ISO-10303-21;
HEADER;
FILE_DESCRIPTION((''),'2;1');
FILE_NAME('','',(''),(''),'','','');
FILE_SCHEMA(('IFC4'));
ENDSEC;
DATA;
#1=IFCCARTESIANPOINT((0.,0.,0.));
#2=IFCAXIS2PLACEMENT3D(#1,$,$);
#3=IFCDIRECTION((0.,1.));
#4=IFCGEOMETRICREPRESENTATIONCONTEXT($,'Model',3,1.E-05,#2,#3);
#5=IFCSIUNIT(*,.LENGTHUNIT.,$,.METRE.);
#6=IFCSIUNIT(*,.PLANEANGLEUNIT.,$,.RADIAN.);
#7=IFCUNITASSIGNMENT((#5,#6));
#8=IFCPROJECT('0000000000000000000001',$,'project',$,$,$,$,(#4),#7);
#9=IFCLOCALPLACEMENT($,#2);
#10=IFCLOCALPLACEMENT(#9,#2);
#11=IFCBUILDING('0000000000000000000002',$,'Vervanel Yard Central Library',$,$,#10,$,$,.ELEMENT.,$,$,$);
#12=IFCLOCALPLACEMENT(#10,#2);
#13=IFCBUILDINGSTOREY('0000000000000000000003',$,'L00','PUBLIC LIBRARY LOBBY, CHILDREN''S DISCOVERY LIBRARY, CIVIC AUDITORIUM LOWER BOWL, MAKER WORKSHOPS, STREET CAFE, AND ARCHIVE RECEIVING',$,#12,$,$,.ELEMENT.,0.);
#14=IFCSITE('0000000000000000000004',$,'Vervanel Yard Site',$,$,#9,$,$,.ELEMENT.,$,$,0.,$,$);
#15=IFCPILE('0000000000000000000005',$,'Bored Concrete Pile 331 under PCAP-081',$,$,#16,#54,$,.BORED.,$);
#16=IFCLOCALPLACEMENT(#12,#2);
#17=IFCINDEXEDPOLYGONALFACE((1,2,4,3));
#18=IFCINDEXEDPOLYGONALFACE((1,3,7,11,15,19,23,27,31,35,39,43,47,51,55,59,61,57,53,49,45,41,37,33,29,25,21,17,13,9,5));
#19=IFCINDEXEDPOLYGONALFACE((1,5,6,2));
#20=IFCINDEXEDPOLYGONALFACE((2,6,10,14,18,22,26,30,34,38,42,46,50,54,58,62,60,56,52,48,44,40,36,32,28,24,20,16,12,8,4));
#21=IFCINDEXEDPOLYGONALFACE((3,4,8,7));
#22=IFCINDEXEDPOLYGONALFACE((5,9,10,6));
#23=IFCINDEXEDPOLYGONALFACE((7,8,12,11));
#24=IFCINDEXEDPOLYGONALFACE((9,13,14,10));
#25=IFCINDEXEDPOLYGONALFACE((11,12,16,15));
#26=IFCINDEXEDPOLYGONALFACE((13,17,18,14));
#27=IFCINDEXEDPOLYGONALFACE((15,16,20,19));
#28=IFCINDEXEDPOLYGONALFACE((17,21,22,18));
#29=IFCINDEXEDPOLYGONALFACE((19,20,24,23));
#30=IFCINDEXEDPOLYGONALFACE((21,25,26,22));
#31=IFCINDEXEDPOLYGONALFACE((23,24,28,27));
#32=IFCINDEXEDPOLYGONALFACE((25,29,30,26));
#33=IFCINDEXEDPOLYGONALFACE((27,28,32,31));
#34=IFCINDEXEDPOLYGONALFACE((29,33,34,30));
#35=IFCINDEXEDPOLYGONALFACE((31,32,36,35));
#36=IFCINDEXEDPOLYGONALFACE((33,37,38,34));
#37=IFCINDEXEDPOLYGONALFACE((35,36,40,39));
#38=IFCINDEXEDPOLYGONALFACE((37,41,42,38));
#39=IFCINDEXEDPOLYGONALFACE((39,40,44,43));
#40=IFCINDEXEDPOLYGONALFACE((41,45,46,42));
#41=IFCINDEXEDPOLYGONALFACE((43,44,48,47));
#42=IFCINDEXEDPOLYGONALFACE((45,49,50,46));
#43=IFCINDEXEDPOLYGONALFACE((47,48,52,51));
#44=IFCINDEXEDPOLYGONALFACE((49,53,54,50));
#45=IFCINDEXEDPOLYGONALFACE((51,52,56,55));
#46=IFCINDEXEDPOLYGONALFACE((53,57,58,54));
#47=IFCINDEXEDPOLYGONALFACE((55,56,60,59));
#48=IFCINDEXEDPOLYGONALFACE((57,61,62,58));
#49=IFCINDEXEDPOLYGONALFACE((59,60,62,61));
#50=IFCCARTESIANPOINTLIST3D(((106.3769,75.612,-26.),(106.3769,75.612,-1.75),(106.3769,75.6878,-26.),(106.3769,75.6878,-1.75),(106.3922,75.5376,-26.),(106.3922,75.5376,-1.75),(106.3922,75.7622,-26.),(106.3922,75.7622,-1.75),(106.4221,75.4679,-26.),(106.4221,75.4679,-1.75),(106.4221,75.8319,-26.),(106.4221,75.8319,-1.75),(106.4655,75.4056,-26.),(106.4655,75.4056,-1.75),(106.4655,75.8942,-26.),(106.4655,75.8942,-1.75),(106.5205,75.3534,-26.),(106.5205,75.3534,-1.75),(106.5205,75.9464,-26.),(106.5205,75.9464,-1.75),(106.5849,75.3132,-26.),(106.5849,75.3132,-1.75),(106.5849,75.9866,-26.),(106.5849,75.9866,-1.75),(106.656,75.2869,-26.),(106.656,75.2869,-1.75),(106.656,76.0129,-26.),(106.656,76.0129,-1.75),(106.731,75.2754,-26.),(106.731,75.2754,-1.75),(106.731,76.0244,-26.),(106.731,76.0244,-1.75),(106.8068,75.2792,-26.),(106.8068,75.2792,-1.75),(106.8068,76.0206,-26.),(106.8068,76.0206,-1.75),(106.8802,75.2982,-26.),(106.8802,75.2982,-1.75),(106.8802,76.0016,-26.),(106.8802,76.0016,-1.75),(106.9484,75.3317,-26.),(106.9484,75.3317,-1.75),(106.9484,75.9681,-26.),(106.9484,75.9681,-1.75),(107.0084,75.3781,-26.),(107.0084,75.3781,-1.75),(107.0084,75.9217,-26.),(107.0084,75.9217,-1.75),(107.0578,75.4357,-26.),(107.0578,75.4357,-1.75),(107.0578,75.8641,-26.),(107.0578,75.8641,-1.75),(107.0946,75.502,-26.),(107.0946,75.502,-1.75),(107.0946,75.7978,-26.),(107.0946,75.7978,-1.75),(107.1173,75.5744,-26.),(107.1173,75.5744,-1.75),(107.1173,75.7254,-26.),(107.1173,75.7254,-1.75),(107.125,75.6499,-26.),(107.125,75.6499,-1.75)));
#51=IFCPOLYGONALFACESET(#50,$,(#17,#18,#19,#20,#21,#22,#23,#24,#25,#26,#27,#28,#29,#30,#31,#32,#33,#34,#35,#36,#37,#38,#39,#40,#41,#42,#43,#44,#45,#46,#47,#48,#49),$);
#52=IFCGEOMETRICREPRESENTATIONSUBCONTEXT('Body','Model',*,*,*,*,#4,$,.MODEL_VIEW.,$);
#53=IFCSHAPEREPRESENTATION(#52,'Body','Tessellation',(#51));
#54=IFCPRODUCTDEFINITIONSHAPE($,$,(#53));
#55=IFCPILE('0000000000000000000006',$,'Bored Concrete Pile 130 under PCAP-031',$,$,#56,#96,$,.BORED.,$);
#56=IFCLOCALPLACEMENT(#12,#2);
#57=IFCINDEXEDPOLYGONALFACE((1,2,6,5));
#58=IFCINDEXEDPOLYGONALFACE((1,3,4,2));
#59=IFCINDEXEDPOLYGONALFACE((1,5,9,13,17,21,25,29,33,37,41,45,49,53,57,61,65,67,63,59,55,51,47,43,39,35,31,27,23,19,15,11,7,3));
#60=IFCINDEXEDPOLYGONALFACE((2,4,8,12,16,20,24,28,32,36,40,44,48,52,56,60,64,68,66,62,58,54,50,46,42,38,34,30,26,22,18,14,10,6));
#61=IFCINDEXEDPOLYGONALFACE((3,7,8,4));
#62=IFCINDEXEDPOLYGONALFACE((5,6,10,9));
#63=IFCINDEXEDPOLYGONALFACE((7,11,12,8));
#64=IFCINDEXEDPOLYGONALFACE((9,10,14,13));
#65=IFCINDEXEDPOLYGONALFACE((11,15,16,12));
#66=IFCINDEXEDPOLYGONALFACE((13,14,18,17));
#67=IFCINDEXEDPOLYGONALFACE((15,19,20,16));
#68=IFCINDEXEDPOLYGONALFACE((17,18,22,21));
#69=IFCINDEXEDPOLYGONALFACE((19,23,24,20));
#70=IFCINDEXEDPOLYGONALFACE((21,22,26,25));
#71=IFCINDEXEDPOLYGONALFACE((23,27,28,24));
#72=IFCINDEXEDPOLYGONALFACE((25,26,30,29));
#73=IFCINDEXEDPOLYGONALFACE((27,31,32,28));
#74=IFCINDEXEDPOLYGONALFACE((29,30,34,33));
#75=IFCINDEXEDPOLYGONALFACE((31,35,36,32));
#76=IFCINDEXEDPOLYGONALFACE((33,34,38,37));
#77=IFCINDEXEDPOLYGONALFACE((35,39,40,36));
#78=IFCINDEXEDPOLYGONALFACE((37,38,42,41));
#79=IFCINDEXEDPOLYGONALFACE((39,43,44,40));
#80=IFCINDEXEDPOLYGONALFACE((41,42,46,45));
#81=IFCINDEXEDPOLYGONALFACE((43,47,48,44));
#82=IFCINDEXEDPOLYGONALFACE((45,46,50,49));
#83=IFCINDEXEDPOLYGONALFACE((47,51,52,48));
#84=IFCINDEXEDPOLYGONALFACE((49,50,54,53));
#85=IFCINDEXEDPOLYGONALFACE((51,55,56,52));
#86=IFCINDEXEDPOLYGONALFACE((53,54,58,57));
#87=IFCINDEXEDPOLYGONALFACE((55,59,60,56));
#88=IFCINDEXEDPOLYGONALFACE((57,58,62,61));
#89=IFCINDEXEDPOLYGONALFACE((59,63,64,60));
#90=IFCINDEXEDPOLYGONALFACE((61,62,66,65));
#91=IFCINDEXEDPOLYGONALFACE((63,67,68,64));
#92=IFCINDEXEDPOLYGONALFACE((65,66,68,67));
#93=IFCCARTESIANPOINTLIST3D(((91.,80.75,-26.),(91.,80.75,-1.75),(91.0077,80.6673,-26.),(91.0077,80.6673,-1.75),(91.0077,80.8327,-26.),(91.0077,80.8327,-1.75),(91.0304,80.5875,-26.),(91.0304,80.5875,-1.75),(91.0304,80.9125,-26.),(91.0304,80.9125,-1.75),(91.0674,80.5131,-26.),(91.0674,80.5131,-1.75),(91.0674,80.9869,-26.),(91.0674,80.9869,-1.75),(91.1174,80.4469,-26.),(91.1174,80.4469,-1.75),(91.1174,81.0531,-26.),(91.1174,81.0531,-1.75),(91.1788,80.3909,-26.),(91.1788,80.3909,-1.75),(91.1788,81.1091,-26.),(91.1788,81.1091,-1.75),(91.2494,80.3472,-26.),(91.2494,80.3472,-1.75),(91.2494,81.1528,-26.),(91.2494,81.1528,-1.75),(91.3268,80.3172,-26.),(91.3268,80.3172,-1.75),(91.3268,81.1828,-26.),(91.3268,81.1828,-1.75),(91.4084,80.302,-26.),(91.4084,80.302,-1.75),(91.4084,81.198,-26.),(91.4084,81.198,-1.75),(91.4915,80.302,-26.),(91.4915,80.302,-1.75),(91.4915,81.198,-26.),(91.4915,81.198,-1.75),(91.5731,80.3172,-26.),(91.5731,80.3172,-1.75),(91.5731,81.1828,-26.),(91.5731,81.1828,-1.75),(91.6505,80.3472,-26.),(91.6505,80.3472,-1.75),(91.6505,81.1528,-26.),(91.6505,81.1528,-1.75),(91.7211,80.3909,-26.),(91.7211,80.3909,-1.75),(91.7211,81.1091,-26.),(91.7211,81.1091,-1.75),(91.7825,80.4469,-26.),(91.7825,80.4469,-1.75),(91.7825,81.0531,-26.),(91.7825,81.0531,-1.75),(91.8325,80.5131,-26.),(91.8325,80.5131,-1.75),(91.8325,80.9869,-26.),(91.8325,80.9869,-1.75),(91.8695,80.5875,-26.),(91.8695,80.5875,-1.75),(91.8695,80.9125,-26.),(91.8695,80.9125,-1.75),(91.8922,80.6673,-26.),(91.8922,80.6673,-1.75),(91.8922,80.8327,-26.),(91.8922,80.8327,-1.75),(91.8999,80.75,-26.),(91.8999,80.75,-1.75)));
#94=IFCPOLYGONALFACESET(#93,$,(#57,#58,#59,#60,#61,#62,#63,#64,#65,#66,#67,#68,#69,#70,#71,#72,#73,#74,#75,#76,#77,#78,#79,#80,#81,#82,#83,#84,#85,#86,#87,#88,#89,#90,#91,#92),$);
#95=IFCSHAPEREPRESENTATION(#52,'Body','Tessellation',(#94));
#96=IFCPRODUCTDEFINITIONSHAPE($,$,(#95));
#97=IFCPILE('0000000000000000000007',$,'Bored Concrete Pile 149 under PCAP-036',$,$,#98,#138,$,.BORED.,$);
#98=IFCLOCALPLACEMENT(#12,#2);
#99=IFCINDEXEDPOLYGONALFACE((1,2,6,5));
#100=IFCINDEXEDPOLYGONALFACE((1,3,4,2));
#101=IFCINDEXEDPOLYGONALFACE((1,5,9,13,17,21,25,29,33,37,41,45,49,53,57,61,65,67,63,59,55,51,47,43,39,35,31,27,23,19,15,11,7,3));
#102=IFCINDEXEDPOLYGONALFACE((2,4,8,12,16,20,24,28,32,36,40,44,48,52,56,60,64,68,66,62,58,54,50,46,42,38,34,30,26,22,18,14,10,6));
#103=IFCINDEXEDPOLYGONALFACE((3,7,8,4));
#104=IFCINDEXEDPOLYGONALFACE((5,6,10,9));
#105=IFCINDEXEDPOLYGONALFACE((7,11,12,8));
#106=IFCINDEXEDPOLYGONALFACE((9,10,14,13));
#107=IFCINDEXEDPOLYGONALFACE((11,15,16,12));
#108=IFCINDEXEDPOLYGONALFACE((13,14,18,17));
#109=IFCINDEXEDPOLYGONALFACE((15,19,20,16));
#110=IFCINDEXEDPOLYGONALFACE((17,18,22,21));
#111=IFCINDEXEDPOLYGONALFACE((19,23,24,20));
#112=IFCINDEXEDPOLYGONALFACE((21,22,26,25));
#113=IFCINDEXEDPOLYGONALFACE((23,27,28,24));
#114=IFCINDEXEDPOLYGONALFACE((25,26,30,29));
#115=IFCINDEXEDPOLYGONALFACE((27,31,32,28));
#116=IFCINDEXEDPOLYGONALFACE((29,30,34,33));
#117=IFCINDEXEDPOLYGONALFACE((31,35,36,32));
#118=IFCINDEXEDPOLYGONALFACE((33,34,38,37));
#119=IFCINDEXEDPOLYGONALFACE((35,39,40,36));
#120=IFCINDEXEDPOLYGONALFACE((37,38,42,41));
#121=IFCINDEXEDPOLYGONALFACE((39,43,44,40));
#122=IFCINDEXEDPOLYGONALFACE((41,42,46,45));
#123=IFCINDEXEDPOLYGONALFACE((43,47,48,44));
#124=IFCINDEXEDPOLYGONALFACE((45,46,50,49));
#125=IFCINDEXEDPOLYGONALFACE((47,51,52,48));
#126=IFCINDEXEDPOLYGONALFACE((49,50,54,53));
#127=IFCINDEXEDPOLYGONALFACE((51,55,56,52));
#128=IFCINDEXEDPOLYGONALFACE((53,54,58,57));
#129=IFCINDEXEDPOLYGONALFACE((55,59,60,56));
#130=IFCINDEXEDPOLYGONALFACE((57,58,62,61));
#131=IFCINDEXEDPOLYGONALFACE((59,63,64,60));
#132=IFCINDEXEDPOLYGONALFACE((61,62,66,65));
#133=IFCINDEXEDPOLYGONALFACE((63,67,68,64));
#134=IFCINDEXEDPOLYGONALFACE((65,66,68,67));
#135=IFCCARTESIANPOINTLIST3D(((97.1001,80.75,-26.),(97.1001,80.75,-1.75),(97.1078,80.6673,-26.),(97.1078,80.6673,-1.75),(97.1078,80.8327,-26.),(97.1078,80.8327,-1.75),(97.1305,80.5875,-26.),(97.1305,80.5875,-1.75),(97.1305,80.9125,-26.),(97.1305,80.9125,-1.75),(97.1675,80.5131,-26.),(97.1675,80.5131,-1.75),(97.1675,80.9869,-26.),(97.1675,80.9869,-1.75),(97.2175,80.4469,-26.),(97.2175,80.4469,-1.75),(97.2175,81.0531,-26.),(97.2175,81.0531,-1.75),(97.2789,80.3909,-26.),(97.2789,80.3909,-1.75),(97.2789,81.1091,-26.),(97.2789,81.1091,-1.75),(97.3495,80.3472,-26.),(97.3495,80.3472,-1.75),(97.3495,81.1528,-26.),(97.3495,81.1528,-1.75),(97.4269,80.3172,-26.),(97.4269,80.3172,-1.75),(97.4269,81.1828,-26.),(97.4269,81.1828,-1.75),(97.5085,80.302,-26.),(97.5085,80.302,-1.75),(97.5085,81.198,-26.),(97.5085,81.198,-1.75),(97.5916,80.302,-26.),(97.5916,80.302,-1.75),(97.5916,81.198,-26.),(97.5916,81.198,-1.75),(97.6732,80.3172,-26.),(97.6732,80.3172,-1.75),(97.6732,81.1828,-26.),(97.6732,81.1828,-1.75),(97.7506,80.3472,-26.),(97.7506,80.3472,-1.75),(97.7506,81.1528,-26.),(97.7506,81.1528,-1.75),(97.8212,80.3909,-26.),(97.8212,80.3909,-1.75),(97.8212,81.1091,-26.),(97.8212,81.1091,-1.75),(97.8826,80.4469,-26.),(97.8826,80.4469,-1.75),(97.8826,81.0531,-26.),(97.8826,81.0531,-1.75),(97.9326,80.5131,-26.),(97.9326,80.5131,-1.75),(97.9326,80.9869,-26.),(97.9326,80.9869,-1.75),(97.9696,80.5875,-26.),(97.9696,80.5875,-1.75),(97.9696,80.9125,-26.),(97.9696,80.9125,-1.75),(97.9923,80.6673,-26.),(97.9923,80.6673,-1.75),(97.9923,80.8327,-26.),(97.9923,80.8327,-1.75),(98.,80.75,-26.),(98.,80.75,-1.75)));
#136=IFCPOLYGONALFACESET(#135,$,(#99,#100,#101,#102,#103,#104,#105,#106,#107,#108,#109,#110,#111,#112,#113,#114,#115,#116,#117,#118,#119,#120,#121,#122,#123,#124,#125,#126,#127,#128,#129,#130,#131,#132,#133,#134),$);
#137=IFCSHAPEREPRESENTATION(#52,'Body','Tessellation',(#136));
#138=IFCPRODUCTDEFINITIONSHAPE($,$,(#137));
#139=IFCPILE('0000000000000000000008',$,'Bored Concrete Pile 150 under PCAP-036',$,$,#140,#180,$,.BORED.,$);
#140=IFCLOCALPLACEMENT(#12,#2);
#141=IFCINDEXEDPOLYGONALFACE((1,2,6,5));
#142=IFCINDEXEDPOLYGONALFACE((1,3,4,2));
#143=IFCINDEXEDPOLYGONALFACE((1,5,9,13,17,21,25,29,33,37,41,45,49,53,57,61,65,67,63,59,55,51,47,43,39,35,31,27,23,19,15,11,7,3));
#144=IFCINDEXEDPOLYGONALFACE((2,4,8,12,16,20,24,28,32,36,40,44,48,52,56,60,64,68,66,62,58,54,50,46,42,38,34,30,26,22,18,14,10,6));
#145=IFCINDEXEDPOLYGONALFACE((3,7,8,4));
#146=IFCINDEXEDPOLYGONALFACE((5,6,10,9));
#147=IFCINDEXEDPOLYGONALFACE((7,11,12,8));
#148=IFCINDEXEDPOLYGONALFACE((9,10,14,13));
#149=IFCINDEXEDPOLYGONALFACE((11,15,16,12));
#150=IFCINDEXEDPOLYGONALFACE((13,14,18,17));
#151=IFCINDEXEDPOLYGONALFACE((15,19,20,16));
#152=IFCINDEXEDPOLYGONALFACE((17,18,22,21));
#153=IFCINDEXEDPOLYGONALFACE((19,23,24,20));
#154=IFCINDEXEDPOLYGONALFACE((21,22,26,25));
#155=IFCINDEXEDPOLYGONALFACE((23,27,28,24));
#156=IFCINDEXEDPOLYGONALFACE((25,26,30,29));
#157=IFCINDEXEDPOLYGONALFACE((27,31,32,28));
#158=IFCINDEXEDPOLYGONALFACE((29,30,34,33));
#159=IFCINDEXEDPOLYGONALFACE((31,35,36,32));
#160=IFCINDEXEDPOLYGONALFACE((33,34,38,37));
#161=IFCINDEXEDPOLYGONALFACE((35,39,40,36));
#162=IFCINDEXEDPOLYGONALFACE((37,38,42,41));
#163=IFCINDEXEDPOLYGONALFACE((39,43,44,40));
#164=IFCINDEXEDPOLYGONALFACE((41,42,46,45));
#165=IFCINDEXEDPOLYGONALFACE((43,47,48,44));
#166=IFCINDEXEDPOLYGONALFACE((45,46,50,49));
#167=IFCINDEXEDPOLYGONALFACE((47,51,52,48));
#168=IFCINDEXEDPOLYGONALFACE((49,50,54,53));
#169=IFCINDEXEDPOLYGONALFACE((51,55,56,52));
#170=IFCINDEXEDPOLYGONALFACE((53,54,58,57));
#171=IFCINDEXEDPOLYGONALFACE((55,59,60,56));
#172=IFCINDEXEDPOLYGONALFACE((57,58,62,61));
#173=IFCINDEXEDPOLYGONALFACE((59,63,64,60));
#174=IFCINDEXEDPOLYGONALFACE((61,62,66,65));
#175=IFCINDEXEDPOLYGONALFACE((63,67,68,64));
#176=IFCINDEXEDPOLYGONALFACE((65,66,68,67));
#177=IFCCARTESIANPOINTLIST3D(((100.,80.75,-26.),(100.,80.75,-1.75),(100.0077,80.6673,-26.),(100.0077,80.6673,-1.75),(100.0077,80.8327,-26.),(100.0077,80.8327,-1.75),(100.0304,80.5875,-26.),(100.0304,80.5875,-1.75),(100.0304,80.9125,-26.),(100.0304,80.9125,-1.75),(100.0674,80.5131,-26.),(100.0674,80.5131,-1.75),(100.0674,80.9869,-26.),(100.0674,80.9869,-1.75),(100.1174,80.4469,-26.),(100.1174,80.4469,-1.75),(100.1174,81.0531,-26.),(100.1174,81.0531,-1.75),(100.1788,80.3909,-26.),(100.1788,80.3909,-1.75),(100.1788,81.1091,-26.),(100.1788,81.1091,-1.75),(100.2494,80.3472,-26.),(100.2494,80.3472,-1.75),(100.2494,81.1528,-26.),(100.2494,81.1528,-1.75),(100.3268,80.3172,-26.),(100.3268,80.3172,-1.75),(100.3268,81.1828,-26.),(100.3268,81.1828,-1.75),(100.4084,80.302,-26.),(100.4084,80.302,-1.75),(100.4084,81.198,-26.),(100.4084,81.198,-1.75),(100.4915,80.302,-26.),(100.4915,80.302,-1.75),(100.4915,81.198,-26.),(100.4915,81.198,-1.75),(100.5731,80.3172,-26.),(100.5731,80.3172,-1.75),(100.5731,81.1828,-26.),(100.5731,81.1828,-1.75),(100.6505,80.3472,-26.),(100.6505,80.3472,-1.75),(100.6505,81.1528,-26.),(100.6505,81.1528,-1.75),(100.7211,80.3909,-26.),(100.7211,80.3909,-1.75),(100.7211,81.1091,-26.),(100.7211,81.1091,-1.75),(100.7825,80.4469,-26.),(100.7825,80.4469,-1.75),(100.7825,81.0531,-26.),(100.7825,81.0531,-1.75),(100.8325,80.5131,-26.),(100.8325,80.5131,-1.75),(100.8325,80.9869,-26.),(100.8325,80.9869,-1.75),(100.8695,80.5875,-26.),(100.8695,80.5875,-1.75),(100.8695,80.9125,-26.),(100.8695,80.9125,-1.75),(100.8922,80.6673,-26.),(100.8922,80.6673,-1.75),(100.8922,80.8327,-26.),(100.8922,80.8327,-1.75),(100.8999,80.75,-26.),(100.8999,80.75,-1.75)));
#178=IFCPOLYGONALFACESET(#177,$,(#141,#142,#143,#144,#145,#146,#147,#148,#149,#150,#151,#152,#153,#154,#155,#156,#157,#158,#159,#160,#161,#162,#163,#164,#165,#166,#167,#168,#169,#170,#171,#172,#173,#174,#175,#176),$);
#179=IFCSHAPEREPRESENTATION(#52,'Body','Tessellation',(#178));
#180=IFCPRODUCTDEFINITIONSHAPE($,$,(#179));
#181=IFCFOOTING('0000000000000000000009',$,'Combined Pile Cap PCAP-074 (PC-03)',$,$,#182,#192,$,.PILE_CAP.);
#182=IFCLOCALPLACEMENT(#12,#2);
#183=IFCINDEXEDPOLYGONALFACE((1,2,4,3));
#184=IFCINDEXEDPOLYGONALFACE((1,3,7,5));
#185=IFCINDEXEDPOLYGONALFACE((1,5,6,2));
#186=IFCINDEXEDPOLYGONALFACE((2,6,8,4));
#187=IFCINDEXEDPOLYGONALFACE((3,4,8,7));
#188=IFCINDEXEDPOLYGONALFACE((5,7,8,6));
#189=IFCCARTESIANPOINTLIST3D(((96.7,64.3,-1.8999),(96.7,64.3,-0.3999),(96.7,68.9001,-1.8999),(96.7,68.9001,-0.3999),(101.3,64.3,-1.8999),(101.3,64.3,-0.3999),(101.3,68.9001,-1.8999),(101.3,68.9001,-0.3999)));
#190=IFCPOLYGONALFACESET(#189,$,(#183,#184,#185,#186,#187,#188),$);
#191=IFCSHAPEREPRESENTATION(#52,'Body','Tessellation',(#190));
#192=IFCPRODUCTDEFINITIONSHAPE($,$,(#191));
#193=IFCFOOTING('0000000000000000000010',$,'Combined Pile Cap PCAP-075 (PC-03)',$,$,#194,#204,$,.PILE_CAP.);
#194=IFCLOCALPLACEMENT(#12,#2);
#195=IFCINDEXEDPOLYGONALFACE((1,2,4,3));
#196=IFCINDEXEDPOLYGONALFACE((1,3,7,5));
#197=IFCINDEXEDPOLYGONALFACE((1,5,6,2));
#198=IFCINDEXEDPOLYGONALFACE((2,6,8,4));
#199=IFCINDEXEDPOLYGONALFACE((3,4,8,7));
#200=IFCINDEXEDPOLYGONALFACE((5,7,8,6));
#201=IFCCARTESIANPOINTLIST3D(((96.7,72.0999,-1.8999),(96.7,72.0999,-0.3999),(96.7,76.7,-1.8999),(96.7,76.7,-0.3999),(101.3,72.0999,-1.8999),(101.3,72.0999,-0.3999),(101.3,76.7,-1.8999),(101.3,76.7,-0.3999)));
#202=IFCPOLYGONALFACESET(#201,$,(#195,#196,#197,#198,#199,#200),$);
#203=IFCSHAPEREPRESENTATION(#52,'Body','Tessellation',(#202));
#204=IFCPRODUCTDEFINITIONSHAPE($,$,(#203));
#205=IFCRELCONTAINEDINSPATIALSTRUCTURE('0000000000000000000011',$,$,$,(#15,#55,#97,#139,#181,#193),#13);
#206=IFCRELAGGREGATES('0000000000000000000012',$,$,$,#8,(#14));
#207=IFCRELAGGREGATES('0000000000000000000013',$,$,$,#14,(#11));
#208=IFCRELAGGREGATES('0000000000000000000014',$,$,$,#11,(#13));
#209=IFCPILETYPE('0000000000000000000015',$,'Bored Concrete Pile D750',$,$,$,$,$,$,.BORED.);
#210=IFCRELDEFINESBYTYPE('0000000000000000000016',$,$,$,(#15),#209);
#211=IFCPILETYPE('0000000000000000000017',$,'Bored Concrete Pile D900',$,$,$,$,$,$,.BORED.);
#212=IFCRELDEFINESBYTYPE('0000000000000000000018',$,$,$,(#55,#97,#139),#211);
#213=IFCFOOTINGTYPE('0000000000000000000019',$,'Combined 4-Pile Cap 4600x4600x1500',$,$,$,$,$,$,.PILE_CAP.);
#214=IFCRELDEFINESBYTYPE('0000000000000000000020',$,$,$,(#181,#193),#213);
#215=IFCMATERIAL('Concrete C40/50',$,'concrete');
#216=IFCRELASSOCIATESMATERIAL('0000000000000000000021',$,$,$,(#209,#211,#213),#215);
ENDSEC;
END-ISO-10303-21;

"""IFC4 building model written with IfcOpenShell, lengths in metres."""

from ifc_helpers import new_model, si_unit, direction, frame, origin, origin_2d, place, context, subcontext, project, spatial, rectangle, circle, extrude, material, material_profile, profile_set, type_object, element, save


model = new_model("IFC4")

# Units and contexts
model_context = context("Model", 3, precision=1e-05, world=origin(), true_north=direction((0.0, 1.0)))
body_context = subcontext(model_context, "Body", "Model", "MODEL_VIEW")
ifc_project = project(units=[si_unit("LENGTHUNIT", "METRE"), si_unit("PLANEANGLEUNIT", "RADIAN")], contexts=[model_context])

# Site, building, storey
site_placement = place(None, origin())
site = spatial("IfcSite", under=ifc_project, at=site_placement, Name="Vervanel Yard Site", CompositionType="ELEMENT", RefElevation=0.0)
building_placement = place(site_placement, origin())
building = spatial("IfcBuilding", under=site, at=building_placement, Name="Vervanel Yard Central Library", CompositionType="ELEMENT")
storey_placement = place(building_placement, origin())
storey = spatial("IfcBuildingStorey", under=building, at=storey_placement, Name="L00", Description="PUBLIC LIBRARY LOBBY, CHILDREN'S DISCOVERY LIBRARY, CIVIC AUDITORIUM LOWER BOWL, MAKER WORKSHOPS, STREET CAFE, AND ARCHIVE RECEIVING", CompositionType="ELEMENT", Elevation=0.0)

# Piles
ifc_material_1 = material(Name="Concrete C40/50", Category="concrete")
ifc_material_profile_1 = material_profile(ifc_material_1, circle(Radius=0.375, at=origin_2d()), Name="BP D750", Category="concrete")
ifc_profile_set_1 = profile_set([ifc_material_profile_1], Name="Concrete C40/50")
pile_type_1 = type_object("IfcPileType", Name="Bored Concrete Pile D750", PredefinedType="BORED", material=ifc_profile_set_1)
for number, where, z_axis, x_axis, name in (
    (1, (106.75, 75.6499, -1.75), (0.0, 0.0, -1.0), (1.0, 0.0, 0.0), "Bored Concrete Pile 331 under PCAP-081"),
):
    element("IfcPile", number, at=place(storey_placement, frame(where, z_axis=z_axis, x_axis=x_axis)), inside=storey, type_object=pile_type_1, Name=name, PredefinedType="BORED", context=body_context, shape_type="SweptSolid", body=[
        extrude(circle(Radius=0.375, at=origin_2d()), origin(), (0.0, 0.0, 1.0), 24.25),
    ])
ifc_material_profile_2 = material_profile(ifc_material_1, circle(Radius=0.45, at=origin_2d()), Name="BP D900", Category="concrete")
ifc_profile_set_2 = profile_set([ifc_material_profile_2], Name="Concrete C40/50")
pile_type_2 = type_object("IfcPileType", Name="Bored Concrete Pile D900", PredefinedType="BORED", material=ifc_profile_set_2)
for number, where, z_axis, x_axis, name in (
    (2, (91.45, 80.75, -1.75), (0.0, 0.0, -1.0), (1.0, 0.0, 0.0), "Bored Concrete Pile 130 under PCAP-031"),
    (3, (97.55, 80.75, -1.75), (0.0, 0.0, -1.0), (1.0, 0.0, 0.0), "Bored Concrete Pile 149 under PCAP-036"),
    (4, (100.45, 80.75, -1.75), (0.0, 0.0, -1.0), (1.0, 0.0, 0.0), "Bored Concrete Pile 150 under PCAP-036"),
):
    element("IfcPile", number, at=place(storey_placement, frame(where, z_axis=z_axis, x_axis=x_axis)), inside=storey, type_object=pile_type_2, Name=name, PredefinedType="BORED", context=body_context, shape_type="SweptSolid", body=[
        extrude(circle(Radius=0.45, at=origin_2d()), origin(), (0.0, 0.0, 1.0), 24.25),
    ])

# Footings
footing_type_1 = type_object("IfcFootingType", Name="Combined 4-Pile Cap 4600x4600x1500", PredefinedType="PILE_CAP", material=ifc_material_1)
for number, where, z_axis, x_axis, name in (
    (5, (99.0, 66.6001, -1.8999), (0.0, 0.0, 1.0), (1.0, 0.0, 0.0), "Combined Pile Cap PCAP-074 (PC-03)"),
    (6, (99.0, 74.3999, -1.8999), (0.0, 0.0, 1.0), (1.0, 0.0, 0.0), "Combined Pile Cap PCAP-075 (PC-03)"),
):
    element("IfcFooting", number, at=place(storey_placement, frame(where, z_axis=z_axis, x_axis=x_axis)), inside=storey, type_object=footing_type_1, Name=name, PredefinedType="PILE_CAP", context=body_context, shape_type="SweptSolid", body=[
        extrude(rectangle(XDim=4.6001, YDim=4.6001, at=origin_2d()), origin(), (0.0, 0.0, 1.0), 1.5),
    ])

save(model, "model.ifc")
